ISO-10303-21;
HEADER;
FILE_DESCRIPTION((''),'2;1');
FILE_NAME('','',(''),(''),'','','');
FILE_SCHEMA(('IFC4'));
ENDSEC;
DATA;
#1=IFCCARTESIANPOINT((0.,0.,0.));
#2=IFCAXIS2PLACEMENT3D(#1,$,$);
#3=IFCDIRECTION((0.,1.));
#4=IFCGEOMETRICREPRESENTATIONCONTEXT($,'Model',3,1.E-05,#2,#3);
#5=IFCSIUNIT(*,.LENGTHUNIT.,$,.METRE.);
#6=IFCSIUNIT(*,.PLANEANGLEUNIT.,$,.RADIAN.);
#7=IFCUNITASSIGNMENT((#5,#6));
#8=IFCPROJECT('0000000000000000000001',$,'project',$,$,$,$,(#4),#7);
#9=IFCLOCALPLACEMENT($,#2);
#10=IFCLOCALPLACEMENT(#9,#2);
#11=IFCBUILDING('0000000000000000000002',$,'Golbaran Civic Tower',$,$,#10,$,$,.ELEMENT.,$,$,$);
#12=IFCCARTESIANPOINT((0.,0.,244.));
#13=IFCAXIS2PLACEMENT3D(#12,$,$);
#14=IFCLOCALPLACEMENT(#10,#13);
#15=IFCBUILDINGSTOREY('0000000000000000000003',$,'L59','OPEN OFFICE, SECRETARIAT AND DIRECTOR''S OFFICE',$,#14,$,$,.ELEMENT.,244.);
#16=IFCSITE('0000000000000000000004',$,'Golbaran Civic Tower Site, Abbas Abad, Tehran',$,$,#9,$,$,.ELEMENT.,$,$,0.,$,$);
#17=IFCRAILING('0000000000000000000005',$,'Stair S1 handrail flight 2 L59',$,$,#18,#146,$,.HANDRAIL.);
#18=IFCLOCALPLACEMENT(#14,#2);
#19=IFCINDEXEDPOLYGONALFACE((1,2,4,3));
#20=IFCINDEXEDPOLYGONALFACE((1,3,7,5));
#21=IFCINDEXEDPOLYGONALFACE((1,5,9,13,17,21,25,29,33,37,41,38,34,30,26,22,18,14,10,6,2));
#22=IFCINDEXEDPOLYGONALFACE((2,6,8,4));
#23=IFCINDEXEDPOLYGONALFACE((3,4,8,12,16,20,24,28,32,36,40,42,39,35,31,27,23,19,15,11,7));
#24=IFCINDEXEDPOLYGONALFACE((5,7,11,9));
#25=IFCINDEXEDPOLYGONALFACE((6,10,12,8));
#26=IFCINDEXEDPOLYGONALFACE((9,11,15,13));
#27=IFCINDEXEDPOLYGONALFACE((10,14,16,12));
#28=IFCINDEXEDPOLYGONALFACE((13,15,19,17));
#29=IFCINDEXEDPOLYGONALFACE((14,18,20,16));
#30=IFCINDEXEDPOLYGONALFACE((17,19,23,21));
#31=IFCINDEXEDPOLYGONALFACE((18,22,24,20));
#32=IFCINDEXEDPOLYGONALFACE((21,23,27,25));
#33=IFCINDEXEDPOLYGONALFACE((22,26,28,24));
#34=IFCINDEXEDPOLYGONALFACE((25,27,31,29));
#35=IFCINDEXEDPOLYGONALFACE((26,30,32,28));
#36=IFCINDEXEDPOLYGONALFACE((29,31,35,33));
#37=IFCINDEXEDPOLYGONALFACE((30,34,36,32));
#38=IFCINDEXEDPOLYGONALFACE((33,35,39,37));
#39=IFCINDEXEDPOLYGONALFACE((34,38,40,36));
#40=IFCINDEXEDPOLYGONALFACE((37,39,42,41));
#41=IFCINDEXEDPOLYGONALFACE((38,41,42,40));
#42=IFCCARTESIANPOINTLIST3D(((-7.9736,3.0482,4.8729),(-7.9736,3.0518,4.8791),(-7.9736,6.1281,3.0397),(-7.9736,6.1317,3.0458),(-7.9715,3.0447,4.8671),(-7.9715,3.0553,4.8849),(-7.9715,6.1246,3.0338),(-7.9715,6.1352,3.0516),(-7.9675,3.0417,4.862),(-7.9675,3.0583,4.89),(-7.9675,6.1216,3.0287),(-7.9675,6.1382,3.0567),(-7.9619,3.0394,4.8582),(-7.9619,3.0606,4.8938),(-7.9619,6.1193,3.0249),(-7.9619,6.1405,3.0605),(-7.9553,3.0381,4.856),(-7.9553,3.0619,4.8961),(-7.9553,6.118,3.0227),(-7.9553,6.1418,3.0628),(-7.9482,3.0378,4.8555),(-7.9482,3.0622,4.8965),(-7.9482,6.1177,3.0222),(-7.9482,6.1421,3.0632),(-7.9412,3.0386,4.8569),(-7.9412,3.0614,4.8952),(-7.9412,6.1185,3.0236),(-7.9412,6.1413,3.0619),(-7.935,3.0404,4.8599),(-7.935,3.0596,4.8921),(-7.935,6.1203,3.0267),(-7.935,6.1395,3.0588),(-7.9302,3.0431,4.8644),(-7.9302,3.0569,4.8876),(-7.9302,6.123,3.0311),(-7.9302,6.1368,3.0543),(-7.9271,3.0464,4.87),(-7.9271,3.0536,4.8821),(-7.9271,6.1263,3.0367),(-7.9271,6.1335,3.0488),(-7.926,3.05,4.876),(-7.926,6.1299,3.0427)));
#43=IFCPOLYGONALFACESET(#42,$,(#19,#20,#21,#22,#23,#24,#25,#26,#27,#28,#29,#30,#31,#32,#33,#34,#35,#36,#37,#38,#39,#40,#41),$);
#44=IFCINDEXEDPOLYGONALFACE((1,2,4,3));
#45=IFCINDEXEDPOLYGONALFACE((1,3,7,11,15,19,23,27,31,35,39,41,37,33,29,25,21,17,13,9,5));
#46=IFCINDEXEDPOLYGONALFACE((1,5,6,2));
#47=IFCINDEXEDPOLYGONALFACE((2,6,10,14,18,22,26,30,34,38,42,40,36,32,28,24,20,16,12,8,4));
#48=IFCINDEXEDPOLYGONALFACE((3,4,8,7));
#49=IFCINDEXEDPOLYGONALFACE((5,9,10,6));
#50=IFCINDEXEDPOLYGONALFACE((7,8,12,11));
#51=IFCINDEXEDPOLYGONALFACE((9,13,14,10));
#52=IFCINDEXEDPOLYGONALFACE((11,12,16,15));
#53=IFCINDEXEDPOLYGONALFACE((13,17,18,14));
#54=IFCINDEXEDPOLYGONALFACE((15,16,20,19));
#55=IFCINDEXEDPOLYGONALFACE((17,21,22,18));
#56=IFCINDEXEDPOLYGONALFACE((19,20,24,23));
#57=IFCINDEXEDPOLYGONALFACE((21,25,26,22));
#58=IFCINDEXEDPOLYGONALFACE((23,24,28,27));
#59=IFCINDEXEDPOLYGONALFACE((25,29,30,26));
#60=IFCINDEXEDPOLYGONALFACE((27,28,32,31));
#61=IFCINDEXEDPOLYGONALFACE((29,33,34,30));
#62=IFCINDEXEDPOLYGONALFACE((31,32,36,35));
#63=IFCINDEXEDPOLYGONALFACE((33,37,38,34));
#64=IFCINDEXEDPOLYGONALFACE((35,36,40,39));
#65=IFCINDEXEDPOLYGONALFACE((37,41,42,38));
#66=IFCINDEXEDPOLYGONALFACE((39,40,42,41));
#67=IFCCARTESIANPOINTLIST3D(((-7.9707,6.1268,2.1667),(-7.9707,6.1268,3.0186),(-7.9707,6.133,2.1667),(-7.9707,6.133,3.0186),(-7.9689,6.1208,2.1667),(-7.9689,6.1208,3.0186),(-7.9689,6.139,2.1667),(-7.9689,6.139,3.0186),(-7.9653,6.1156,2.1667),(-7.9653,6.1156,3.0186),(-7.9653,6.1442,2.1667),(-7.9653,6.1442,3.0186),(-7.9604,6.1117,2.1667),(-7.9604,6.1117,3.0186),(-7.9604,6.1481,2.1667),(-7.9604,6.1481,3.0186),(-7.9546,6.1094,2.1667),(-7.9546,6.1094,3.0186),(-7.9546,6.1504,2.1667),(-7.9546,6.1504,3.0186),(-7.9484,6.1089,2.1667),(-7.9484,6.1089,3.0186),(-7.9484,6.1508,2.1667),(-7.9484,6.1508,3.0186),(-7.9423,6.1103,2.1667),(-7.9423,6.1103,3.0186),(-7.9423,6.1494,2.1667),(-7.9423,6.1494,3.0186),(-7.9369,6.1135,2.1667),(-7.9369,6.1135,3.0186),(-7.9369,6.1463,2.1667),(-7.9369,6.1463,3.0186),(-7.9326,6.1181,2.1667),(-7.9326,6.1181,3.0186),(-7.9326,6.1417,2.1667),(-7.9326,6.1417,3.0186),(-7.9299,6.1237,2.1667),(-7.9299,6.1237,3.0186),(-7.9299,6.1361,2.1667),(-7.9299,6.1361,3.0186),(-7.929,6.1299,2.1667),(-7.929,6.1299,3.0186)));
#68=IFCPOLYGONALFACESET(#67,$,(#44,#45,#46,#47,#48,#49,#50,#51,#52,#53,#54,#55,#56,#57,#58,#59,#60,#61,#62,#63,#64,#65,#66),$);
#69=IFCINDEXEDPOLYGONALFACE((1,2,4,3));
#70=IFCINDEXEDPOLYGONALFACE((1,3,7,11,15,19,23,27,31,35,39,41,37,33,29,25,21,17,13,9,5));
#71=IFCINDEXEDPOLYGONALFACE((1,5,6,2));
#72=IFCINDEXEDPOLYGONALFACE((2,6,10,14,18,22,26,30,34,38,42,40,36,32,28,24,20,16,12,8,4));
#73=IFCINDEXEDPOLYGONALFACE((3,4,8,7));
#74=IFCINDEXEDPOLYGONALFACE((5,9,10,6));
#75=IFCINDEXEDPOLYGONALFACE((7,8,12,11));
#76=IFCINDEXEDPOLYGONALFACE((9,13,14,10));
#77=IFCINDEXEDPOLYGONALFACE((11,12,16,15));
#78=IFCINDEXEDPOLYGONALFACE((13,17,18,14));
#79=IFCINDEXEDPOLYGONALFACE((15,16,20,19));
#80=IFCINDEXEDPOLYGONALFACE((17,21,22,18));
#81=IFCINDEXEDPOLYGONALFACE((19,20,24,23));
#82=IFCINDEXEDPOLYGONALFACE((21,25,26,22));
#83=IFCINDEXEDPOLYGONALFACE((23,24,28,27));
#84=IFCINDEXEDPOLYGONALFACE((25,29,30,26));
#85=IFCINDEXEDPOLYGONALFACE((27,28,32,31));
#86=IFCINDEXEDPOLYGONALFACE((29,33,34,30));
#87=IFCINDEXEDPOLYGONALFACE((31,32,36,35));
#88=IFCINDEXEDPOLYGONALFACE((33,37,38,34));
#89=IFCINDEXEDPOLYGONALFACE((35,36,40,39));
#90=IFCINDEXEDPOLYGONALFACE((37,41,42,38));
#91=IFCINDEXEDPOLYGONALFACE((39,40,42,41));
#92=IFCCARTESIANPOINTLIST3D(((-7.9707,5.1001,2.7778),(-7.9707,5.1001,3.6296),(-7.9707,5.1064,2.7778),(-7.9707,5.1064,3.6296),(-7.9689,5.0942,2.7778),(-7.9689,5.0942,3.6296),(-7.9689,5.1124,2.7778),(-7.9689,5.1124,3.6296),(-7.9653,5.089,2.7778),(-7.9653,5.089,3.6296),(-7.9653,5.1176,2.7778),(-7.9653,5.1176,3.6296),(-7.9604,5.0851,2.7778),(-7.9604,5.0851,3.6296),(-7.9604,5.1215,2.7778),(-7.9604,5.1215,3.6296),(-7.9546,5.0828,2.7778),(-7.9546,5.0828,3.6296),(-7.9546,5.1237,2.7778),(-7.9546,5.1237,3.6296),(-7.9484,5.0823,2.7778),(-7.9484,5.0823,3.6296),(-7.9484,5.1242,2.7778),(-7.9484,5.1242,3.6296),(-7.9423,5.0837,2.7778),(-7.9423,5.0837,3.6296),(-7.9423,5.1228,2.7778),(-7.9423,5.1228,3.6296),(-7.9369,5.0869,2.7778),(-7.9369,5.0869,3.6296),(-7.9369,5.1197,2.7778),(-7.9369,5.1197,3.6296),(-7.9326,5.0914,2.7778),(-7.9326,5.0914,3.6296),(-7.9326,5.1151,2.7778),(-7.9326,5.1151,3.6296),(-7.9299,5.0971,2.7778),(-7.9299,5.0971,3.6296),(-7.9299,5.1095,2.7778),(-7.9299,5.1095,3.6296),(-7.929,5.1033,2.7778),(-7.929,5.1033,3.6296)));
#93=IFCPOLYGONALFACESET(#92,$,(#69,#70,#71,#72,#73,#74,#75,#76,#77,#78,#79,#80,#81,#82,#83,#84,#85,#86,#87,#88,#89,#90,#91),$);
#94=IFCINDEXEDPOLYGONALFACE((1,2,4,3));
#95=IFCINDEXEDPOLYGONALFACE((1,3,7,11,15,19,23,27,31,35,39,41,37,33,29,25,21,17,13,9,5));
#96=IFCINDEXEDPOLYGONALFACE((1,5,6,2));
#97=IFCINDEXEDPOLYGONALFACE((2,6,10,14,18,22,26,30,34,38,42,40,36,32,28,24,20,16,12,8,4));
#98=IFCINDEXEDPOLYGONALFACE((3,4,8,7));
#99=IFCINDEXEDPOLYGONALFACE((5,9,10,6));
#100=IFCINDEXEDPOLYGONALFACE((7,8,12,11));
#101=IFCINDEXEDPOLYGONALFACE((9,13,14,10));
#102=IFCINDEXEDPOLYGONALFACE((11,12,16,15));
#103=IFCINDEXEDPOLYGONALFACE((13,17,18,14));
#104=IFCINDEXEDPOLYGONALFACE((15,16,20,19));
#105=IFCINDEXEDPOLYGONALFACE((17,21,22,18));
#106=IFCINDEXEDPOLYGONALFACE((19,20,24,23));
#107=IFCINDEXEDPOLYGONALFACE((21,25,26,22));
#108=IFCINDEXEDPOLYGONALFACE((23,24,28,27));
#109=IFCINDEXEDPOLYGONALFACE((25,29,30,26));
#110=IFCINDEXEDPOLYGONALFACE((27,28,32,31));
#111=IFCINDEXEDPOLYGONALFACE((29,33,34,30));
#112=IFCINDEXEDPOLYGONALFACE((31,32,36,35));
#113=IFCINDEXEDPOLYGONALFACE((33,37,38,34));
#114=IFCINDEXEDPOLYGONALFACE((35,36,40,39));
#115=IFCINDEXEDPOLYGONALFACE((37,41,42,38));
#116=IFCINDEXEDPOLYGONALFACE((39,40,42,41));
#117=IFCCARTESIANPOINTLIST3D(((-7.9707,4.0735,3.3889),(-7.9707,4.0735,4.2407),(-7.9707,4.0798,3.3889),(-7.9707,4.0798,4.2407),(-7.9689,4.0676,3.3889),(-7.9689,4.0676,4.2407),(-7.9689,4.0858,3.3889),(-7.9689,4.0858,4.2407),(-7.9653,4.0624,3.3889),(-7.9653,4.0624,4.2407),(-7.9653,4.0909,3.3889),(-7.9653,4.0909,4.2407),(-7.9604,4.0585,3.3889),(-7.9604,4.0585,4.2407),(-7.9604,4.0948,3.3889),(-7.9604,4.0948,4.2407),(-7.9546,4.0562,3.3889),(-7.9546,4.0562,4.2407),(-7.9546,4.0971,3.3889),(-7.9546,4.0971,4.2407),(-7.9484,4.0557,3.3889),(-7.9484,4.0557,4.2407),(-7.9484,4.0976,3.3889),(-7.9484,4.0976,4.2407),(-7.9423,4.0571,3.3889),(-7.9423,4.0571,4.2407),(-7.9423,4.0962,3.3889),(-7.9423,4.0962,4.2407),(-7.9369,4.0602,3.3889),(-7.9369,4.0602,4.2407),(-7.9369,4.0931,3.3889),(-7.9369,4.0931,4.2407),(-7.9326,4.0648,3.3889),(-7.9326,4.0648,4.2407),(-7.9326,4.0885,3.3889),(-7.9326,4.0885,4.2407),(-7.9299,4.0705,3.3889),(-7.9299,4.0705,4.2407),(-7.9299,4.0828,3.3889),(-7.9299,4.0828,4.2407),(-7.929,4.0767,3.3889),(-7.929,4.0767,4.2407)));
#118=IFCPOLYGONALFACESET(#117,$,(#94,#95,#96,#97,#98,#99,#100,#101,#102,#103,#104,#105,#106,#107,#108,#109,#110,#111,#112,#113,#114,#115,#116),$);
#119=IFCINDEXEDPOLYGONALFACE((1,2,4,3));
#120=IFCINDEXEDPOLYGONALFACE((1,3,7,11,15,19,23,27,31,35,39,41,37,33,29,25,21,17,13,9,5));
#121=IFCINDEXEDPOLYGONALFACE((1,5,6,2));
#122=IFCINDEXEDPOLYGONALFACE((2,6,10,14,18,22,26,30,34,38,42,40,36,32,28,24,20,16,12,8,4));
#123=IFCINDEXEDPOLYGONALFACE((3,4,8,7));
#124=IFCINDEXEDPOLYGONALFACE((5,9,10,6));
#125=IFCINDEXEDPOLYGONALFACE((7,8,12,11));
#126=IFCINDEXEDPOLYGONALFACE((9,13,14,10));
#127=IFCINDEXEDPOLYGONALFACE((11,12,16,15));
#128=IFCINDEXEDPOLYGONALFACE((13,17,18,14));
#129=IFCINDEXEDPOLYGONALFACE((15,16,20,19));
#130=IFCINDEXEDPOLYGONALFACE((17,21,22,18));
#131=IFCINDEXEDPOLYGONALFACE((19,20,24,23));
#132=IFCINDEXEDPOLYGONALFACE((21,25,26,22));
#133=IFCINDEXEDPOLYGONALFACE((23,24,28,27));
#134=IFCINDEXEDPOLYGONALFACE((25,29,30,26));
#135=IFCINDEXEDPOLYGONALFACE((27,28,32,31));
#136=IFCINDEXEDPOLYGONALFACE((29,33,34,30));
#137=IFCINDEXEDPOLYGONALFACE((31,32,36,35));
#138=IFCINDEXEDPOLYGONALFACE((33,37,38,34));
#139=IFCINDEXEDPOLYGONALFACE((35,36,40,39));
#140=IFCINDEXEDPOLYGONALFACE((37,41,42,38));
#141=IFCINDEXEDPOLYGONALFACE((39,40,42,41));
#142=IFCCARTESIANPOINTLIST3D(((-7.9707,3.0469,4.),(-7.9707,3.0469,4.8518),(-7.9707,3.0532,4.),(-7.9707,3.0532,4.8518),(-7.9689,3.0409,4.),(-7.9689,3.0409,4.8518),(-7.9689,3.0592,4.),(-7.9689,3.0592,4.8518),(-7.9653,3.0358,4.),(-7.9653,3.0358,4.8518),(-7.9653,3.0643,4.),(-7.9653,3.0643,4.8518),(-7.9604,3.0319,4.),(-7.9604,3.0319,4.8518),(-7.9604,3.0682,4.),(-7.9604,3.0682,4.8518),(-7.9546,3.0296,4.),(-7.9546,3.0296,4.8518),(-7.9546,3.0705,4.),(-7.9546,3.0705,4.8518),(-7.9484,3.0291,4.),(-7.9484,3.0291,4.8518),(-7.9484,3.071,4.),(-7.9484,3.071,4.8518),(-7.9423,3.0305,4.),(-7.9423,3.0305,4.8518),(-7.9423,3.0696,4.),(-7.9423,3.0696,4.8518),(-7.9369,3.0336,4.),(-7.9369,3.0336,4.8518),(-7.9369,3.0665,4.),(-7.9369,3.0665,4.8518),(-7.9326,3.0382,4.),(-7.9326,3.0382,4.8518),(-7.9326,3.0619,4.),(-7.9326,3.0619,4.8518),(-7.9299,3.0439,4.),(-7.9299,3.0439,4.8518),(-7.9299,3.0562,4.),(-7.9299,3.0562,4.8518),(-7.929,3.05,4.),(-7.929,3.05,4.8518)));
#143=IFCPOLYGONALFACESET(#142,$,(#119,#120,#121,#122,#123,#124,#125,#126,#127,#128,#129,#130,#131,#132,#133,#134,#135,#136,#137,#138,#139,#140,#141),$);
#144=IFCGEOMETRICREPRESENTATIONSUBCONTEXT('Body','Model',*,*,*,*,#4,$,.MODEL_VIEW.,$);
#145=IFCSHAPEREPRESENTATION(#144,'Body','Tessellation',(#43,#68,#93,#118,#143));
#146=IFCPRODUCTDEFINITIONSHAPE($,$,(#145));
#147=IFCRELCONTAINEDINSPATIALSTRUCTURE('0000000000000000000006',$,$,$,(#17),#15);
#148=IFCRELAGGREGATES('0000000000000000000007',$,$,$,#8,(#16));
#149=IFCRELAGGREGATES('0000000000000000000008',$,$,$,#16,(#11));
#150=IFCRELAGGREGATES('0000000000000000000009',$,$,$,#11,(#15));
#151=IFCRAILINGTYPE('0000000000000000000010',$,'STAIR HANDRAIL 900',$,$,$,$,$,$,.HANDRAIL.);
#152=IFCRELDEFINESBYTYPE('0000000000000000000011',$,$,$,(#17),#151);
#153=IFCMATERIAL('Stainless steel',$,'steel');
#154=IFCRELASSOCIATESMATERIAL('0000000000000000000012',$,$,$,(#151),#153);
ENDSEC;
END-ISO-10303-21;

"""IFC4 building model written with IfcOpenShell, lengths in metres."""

from ifc_helpers import new_model, si_unit, direction, frame, origin, origin_2d, place, context, subcontext, project, spatial, circle, extrude, material, type_object, element, save


model = new_model("IFC4")

# Units and contexts
model_context = context("Model", 3, precision=1e-05, world=origin(), true_north=direction((0.0, 1.0)))
body_context = subcontext(model_context, "Body", "Model", "MODEL_VIEW")
ifc_project = project(units=[si_unit("LENGTHUNIT", "METRE"), si_unit("PLANEANGLEUNIT", "RADIAN")], contexts=[model_context])

# Site, building, storey
site_placement = place(None, origin())
site = spatial("IfcSite", under=ifc_project, at=site_placement, Name="Golbaran Civic Tower Site, Abbas Abad, Tehran", CompositionType="ELEMENT", RefElevation=0.0)
building_placement = place(site_placement, origin())
building = spatial("IfcBuilding", under=site, at=building_placement, Name="Golbaran Civic Tower", CompositionType="ELEMENT")
storey_placement = place(building_placement, frame((0.0, 0.0, 244.0)))
storey = spatial("IfcBuildingStorey", under=building, at=storey_placement, Name="L59", Description="OPEN OFFICE, SECRETARIAT AND DIRECTOR'S OFFICE", CompositionType="ELEMENT", Elevation=244.0)

# Shared definitions
ifc_material_1 = material(Name="Stainless steel", Category="steel")

# Railing
railing_type = type_object("IfcRailingType", Name="STAIR HANDRAIL 900", PredefinedType="HANDRAIL", material=ifc_material_1)
railing_1_placement = place(storey_placement, frame((-7.95, 6.1299, 2.1667)))
element("IfcRailing", 1, at=railing_1_placement, inside=storey, type_object=railing_type, Name="Stair S1 handrail flight 2 L59", PredefinedType="HANDRAIL", context=body_context, shape_type="SweptSolid", body=[
    extrude(circle(Radius=0.0239, at=origin_2d()), frame((0.0, 0.0, 0.876), z_axis=(0.0, -0.859291, 0.511487), x_axis=(1.0, 0.0, 0.0)), (0.0, 0.0, 1.0), 3.5842),
    extrude(circle(Radius=0.021, at=origin_2d()), origin(), (0.0, 0.0, 1.0), 0.8518),
    extrude(circle(Radius=0.021, at=origin_2d()), frame((0.0, -1.0266, 0.6111)), (0.0, 0.0, 1.0), 0.8518),
    extrude(circle(Radius=0.021, at=origin_2d()), frame((0.0, -2.0532, 1.2222)), (0.0, 0.0, 1.0), 0.8518),
    extrude(circle(Radius=0.021, at=origin_2d()), frame((0.0, -3.0798, 1.8333)), (0.0, 0.0, 1.0), 0.8518),
])

save(model, "model.ifc")
